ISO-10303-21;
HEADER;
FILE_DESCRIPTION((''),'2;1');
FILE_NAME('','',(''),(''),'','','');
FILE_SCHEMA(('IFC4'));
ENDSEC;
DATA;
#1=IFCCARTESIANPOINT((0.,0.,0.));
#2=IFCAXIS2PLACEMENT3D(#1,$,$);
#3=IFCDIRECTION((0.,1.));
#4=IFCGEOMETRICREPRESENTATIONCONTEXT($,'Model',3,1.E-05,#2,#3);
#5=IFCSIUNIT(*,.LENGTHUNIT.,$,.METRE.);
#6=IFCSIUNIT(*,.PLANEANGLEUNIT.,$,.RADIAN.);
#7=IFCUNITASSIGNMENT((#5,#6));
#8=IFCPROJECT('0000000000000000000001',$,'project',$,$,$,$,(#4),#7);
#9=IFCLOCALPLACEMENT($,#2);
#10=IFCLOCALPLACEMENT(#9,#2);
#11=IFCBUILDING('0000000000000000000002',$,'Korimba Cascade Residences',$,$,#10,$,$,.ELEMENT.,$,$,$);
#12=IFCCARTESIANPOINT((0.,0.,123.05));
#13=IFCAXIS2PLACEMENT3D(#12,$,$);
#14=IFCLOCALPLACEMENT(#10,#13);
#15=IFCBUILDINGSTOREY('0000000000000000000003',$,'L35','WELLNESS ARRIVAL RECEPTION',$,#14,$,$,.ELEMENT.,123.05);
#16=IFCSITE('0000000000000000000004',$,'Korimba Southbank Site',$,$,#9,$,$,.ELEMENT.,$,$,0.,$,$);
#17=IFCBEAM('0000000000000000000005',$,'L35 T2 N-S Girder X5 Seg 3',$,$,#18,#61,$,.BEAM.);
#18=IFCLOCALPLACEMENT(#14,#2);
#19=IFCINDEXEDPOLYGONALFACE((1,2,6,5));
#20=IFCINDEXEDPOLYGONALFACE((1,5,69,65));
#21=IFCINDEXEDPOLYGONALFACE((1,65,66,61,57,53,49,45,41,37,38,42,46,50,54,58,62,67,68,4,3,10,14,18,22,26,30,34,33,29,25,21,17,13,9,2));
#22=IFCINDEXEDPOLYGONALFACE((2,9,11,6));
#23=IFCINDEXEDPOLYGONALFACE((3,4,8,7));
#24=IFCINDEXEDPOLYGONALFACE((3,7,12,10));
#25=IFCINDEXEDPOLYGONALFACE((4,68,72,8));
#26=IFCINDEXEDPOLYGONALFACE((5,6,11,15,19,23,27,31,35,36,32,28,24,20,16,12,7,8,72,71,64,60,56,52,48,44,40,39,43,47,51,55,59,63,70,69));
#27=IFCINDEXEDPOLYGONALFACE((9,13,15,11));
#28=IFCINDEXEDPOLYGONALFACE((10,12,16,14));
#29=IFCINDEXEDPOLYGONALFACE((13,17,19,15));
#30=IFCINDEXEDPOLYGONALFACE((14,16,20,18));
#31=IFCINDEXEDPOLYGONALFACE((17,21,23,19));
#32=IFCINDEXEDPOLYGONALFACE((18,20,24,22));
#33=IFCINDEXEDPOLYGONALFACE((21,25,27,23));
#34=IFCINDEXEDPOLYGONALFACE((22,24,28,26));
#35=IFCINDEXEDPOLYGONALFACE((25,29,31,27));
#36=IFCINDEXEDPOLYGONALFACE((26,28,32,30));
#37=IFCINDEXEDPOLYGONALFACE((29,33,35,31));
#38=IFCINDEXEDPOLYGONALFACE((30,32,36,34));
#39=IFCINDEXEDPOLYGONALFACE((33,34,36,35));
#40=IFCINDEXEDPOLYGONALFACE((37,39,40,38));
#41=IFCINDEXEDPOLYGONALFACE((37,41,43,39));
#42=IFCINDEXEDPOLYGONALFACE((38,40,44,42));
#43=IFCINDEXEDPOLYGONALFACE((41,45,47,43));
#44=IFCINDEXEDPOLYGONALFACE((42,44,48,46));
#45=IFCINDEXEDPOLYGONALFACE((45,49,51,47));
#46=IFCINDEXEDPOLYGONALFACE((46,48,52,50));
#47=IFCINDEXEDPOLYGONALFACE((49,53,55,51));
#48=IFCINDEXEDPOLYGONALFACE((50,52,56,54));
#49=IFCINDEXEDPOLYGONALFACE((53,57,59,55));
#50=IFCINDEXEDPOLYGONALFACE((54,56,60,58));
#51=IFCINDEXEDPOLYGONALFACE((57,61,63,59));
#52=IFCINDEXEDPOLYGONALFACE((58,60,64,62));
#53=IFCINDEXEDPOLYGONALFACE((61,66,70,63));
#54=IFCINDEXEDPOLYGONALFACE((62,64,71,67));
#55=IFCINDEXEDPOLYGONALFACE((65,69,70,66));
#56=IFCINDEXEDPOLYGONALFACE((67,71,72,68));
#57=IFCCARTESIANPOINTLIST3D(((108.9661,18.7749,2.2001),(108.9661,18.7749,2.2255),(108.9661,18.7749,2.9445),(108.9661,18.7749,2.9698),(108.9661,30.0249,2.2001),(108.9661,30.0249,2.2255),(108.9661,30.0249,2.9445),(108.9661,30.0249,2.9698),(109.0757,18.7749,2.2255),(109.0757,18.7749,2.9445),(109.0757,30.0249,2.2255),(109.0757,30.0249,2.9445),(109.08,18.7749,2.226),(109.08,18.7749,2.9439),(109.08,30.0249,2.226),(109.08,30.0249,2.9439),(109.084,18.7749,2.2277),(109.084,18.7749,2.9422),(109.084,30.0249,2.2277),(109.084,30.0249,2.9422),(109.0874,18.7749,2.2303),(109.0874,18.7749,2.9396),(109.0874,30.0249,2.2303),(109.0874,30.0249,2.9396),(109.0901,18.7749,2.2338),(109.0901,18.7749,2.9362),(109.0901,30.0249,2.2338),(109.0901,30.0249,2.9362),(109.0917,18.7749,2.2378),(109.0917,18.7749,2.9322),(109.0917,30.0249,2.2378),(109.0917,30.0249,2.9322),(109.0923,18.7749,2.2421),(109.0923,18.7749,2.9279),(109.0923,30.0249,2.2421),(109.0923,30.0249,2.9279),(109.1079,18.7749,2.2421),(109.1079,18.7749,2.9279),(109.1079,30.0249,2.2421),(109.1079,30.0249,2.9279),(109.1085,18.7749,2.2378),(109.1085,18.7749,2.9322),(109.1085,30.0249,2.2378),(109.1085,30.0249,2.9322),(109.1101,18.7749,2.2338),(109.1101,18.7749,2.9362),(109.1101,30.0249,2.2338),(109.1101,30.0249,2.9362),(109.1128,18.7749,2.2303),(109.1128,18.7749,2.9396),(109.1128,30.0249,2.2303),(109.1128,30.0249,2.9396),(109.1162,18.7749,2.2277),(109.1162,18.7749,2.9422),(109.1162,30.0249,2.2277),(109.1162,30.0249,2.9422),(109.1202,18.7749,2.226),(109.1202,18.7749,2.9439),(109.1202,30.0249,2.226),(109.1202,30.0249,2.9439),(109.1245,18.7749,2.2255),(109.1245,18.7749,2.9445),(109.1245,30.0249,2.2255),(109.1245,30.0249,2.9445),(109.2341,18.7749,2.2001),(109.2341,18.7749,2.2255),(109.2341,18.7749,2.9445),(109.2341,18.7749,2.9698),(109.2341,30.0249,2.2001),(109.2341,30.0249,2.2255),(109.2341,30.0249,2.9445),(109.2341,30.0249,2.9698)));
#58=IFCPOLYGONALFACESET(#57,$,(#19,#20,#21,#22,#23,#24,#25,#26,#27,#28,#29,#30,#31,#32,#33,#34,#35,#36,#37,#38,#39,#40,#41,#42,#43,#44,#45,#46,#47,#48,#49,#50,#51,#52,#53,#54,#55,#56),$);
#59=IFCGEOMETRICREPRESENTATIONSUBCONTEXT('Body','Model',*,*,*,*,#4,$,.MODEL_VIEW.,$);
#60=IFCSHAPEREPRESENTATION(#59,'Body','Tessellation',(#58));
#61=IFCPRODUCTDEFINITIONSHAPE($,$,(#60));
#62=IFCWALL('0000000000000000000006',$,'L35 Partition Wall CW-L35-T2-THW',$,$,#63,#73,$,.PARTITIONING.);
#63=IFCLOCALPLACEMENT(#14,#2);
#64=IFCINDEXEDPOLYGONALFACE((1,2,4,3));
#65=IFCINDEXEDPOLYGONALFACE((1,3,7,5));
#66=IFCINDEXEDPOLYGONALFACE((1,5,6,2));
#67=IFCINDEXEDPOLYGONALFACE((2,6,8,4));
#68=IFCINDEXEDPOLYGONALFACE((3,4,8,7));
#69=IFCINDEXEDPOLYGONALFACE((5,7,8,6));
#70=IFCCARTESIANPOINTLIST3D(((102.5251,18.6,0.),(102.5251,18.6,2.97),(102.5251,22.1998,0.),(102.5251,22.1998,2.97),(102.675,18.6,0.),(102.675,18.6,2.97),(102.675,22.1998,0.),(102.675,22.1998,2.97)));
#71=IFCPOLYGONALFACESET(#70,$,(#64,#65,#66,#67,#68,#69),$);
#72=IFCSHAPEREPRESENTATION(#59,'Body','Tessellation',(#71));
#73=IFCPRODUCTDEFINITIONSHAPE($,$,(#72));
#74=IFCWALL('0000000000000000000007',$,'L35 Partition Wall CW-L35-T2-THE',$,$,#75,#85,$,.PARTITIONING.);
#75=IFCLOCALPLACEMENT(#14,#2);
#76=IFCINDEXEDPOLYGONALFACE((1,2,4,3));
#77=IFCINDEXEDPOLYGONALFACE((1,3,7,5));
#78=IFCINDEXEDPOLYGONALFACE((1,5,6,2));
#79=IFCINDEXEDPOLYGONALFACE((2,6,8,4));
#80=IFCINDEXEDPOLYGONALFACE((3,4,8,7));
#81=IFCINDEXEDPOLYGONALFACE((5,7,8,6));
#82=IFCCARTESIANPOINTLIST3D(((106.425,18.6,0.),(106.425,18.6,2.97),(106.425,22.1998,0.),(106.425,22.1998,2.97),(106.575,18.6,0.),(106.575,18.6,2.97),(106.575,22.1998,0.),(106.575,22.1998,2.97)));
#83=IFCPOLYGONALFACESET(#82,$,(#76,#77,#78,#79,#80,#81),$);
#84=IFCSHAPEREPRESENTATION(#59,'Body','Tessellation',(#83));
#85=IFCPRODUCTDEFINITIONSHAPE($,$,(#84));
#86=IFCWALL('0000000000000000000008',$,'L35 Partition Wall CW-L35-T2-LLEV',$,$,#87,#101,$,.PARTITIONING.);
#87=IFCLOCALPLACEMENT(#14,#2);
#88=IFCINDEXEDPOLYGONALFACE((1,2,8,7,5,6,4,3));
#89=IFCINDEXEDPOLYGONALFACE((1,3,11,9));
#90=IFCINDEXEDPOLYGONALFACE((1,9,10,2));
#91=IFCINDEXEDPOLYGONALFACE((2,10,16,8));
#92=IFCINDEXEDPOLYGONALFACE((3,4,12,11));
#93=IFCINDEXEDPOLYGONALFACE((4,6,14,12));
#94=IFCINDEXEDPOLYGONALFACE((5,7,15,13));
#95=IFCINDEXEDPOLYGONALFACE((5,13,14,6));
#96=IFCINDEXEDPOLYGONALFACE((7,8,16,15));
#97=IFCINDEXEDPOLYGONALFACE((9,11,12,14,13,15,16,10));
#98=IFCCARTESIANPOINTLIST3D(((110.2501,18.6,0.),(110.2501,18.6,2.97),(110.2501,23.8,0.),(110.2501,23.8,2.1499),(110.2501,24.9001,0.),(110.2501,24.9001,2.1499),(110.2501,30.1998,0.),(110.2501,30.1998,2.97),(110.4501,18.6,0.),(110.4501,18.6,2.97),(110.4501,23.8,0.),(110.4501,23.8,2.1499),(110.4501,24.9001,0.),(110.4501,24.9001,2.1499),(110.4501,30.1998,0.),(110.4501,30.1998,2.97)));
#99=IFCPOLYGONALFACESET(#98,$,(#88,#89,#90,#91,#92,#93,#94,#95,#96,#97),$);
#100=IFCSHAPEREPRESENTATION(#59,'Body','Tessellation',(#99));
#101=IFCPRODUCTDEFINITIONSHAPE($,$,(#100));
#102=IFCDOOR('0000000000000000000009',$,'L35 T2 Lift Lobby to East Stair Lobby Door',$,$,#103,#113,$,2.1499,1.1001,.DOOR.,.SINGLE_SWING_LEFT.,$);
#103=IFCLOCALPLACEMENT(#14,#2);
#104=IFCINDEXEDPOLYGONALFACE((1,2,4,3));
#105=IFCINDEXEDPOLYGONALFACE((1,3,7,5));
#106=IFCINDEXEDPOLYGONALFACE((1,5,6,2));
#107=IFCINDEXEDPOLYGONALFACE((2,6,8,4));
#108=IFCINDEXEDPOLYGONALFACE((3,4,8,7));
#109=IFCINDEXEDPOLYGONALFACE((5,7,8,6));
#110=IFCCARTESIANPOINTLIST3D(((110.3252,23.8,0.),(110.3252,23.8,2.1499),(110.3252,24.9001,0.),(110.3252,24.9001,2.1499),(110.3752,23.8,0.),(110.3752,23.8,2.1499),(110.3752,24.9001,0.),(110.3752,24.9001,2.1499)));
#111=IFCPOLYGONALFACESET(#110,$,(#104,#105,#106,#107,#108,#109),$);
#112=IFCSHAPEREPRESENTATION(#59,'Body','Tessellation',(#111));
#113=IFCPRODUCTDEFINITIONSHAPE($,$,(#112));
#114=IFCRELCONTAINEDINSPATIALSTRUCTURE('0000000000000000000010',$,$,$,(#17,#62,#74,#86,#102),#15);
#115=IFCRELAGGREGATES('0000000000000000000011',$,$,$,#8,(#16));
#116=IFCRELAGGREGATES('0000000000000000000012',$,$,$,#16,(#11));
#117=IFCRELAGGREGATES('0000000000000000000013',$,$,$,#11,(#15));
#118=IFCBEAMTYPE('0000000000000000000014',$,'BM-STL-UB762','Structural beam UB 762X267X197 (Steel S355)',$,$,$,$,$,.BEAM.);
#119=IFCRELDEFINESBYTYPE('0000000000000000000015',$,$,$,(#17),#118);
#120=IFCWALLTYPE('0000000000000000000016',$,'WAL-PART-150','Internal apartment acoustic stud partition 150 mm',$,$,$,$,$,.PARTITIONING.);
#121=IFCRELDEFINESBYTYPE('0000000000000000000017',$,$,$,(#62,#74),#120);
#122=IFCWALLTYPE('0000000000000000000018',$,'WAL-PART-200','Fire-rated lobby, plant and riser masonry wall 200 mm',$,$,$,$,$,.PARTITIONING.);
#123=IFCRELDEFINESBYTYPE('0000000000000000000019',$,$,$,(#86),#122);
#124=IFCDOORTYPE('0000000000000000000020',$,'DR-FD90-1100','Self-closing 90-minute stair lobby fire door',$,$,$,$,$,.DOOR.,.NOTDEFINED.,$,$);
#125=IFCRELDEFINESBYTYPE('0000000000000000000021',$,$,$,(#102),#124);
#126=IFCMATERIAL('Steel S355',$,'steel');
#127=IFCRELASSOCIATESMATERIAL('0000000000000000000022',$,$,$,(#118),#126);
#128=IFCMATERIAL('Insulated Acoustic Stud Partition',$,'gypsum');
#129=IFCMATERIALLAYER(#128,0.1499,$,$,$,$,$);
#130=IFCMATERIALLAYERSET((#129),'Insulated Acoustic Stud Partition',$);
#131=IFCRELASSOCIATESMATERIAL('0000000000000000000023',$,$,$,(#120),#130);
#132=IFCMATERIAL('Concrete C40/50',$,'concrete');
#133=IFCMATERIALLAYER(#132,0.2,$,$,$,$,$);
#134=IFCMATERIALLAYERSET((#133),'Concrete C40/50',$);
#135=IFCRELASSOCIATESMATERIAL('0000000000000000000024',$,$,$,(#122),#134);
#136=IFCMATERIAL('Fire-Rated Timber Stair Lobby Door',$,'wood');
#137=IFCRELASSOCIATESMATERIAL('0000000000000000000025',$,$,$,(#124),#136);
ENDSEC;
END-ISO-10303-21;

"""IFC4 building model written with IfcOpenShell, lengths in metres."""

from ifc_helpers import new_model, si_unit, direction, frame, frame_2d, origin, origin_2d, place, context, subcontext, project, spatial, rectangle, i_section, extrude, material, layer, layer_set, material_profile, profile_set, type_object, element, fill, save


model = new_model("IFC4")

# Units and contexts
model_context = context("Model", 3, precision=1e-05, world=origin(), true_north=direction((0.0, 1.0)))
body_context = subcontext(model_context, "Body", "Model", "MODEL_VIEW")
ifc_project = project(units=[si_unit("LENGTHUNIT", "METRE"), si_unit("PLANEANGLEUNIT", "RADIAN")], contexts=[model_context])

# Site, building, storey
site_placement = place(None, origin())
site = spatial("IfcSite", under=ifc_project, at=site_placement, Name="Korimba Southbank Site", CompositionType="ELEMENT", RefElevation=0.0)
building_placement = place(site_placement, origin())
building = spatial("IfcBuilding", under=site, at=building_placement, Name="Korimba Cascade Residences", CompositionType="ELEMENT")
storey_placement = place(building_placement, frame((0.0, 0.0, 123.05)))
storey = spatial("IfcBuildingStorey", under=building, at=storey_placement, Name="L35", Description="WELLNESS ARRIVAL RECEPTION", CompositionType="ELEMENT", Elevation=123.05)

# Beam
ifc_material_1 = material(Name="Steel S355", Category="steel")
ifc_material_profile_1 = material_profile(ifc_material_1, i_section(OverallWidth=0.2681, OverallDepth=0.7698, WebThickness=0.0156, FlangeThickness=0.0254, FilletRadius=0.0166, at=origin_2d()), Name="Steel S355")
ifc_profile_set_1 = profile_set([ifc_material_profile_1], Name="Steel S355")
beam_type = type_object("IfcBeamType", Name="BM-STL-UB762", Description="Structural beam UB 762X267X197 (Steel S355)", PredefinedType="BEAM", material=ifc_profile_set_1)
beam_1_placement = place(storey_placement, frame((109.1001, 18.7749, 2.585), z_axis=(0.0, 1.0, 0.0), x_axis=(-1.0, 0.0, 0.0)))
element("IfcBeam", 1, at=beam_1_placement, inside=storey, type_object=beam_type, Name="L35 T2 N-S Girder X5 Seg 3", PredefinedType="BEAM", context=body_context, shape_type="SweptSolid", body=[
    extrude(i_section(OverallWidth=0.2681, OverallDepth=0.7698, WebThickness=0.0156, FlangeThickness=0.0254, FilletRadius=0.0166, at=origin_2d()), origin(), (0.0, 0.0, 1.0), 11.25),
])

# Walls
ifc_material_2 = material(Name="Insulated Acoustic Stud Partition", Category="gypsum")
ifc_layer_1 = layer(ifc_material_2, 0.1499)
ifc_layer_set_1 = layer_set([ifc_layer_1], Name="Insulated Acoustic Stud Partition")
wall_type_1 = type_object("IfcWallType", Name="WAL-PART-150", Description="Internal apartment acoustic stud partition 150 mm", PredefinedType="PARTITIONING", material=ifc_layer_set_1)
for number, where, z_axis, x_axis, name in (
    (2, (102.6001, 18.6001, 0.0), (0.0, 0.0, 1.0), (0.0, 1.0, 0.0), "L35 Partition Wall CW-L35-T2-THW"),
    (3, (106.5, 18.6001, 0.0), (0.0, 0.0, 1.0), (0.0, 1.0, 0.0), "L35 Partition Wall CW-L35-T2-THE"),
):
    element("IfcWall", number, at=place(storey_placement, frame(where, z_axis=z_axis, x_axis=x_axis)), inside=storey, type_object=wall_type_1, Name=name, PredefinedType="PARTITIONING", context=body_context, shape_type="SweptSolid", body=[
        extrude(rectangle(XDim=3.5999, YDim=0.1499, at=frame_2d((1.7998, 0.0))), origin(), (0.0, 0.0, 1.0), 2.97),
    ])

# Wall, opening, door
ifc_material_3 = material(Name="Concrete C40/50", Category="concrete")
ifc_layer_2 = layer(ifc_material_3, 0.2)
ifc_layer_set_2 = layer_set([ifc_layer_2], Name="Concrete C40/50")
wall_type_2 = type_object("IfcWallType", Name="WAL-PART-200", Description="Fire-rated lobby, plant and riser masonry wall 200 mm", PredefinedType="PARTITIONING", material=ifc_layer_set_2)
wall_1_placement = place(storey_placement, frame((110.3501, 18.6001, 0.0), z_axis=(0.0, 0.0, 1.0), x_axis=(0.0, 1.0, 0.0)))
wall_1 = element("IfcWall", 4, at=wall_1_placement, inside=storey, type_object=wall_type_2, Name="L35 Partition Wall CW-L35-T2-LLEV", PredefinedType="PARTITIONING", context=body_context, shape_type="SweptSolid", body=[
    extrude(rectangle(XDim=11.5999, YDim=0.2, at=frame_2d((5.7998, 0.0))), origin(), (0.0, 0.0, 1.0), 2.97),
])
opening_1_placement = place(wall_1_placement, frame((5.2, 0.0, 0.0)))
opening_1 = element("IfcOpeningElement", 5, at=opening_1_placement, cuts=wall_1, PredefinedType="OPENING", context=body_context, shape_type="SweptSolid", body=[
    extrude(rectangle(XDim=1.1001, YDim=2.1499, at=frame_2d((0.55, 1.075))), frame((0.0, 0.1099, 0.0), z_axis=(0.0, -1.0, 0.0), x_axis=(1.0, 0.0, 0.0)), (0.0, 0.0, 1.0), 0.22),
])
ifc_material_4 = material(Name="Fire-Rated Timber Stair Lobby Door", Category="wood")
door_type_1 = type_object("IfcDoorType", Name="DR-FD90-1100", Description="Self-closing 90-minute stair lobby fire door", OperationType="NOTDEFINED", PredefinedType="DOOR", material=ifc_material_4)
door_1_placement = place(opening_1_placement, origin())
door_1 = element("IfcDoor", 6, at=door_1_placement, inside=storey, type_object=door_type_1, Name="L35 T2 Lift Lobby to East Stair Lobby Door", OperationType="SINGLE_SWING_LEFT", OverallHeight=2.1499, OverallWidth=1.1001, PredefinedType="DOOR", context=body_context, shape_type="SweptSolid", body=[
    extrude(rectangle(XDim=1.1001, YDim=2.1499, at=frame_2d((0.55, 1.075))), frame((0.0, 0.0249, 0.0), z_axis=(0.0, -1.0, 0.0), x_axis=(1.0, 0.0, 0.0)), (0.0, 0.0, 1.0), 0.05),
])
fill(opening_1, door_1)

save(model, "model.ifc")
